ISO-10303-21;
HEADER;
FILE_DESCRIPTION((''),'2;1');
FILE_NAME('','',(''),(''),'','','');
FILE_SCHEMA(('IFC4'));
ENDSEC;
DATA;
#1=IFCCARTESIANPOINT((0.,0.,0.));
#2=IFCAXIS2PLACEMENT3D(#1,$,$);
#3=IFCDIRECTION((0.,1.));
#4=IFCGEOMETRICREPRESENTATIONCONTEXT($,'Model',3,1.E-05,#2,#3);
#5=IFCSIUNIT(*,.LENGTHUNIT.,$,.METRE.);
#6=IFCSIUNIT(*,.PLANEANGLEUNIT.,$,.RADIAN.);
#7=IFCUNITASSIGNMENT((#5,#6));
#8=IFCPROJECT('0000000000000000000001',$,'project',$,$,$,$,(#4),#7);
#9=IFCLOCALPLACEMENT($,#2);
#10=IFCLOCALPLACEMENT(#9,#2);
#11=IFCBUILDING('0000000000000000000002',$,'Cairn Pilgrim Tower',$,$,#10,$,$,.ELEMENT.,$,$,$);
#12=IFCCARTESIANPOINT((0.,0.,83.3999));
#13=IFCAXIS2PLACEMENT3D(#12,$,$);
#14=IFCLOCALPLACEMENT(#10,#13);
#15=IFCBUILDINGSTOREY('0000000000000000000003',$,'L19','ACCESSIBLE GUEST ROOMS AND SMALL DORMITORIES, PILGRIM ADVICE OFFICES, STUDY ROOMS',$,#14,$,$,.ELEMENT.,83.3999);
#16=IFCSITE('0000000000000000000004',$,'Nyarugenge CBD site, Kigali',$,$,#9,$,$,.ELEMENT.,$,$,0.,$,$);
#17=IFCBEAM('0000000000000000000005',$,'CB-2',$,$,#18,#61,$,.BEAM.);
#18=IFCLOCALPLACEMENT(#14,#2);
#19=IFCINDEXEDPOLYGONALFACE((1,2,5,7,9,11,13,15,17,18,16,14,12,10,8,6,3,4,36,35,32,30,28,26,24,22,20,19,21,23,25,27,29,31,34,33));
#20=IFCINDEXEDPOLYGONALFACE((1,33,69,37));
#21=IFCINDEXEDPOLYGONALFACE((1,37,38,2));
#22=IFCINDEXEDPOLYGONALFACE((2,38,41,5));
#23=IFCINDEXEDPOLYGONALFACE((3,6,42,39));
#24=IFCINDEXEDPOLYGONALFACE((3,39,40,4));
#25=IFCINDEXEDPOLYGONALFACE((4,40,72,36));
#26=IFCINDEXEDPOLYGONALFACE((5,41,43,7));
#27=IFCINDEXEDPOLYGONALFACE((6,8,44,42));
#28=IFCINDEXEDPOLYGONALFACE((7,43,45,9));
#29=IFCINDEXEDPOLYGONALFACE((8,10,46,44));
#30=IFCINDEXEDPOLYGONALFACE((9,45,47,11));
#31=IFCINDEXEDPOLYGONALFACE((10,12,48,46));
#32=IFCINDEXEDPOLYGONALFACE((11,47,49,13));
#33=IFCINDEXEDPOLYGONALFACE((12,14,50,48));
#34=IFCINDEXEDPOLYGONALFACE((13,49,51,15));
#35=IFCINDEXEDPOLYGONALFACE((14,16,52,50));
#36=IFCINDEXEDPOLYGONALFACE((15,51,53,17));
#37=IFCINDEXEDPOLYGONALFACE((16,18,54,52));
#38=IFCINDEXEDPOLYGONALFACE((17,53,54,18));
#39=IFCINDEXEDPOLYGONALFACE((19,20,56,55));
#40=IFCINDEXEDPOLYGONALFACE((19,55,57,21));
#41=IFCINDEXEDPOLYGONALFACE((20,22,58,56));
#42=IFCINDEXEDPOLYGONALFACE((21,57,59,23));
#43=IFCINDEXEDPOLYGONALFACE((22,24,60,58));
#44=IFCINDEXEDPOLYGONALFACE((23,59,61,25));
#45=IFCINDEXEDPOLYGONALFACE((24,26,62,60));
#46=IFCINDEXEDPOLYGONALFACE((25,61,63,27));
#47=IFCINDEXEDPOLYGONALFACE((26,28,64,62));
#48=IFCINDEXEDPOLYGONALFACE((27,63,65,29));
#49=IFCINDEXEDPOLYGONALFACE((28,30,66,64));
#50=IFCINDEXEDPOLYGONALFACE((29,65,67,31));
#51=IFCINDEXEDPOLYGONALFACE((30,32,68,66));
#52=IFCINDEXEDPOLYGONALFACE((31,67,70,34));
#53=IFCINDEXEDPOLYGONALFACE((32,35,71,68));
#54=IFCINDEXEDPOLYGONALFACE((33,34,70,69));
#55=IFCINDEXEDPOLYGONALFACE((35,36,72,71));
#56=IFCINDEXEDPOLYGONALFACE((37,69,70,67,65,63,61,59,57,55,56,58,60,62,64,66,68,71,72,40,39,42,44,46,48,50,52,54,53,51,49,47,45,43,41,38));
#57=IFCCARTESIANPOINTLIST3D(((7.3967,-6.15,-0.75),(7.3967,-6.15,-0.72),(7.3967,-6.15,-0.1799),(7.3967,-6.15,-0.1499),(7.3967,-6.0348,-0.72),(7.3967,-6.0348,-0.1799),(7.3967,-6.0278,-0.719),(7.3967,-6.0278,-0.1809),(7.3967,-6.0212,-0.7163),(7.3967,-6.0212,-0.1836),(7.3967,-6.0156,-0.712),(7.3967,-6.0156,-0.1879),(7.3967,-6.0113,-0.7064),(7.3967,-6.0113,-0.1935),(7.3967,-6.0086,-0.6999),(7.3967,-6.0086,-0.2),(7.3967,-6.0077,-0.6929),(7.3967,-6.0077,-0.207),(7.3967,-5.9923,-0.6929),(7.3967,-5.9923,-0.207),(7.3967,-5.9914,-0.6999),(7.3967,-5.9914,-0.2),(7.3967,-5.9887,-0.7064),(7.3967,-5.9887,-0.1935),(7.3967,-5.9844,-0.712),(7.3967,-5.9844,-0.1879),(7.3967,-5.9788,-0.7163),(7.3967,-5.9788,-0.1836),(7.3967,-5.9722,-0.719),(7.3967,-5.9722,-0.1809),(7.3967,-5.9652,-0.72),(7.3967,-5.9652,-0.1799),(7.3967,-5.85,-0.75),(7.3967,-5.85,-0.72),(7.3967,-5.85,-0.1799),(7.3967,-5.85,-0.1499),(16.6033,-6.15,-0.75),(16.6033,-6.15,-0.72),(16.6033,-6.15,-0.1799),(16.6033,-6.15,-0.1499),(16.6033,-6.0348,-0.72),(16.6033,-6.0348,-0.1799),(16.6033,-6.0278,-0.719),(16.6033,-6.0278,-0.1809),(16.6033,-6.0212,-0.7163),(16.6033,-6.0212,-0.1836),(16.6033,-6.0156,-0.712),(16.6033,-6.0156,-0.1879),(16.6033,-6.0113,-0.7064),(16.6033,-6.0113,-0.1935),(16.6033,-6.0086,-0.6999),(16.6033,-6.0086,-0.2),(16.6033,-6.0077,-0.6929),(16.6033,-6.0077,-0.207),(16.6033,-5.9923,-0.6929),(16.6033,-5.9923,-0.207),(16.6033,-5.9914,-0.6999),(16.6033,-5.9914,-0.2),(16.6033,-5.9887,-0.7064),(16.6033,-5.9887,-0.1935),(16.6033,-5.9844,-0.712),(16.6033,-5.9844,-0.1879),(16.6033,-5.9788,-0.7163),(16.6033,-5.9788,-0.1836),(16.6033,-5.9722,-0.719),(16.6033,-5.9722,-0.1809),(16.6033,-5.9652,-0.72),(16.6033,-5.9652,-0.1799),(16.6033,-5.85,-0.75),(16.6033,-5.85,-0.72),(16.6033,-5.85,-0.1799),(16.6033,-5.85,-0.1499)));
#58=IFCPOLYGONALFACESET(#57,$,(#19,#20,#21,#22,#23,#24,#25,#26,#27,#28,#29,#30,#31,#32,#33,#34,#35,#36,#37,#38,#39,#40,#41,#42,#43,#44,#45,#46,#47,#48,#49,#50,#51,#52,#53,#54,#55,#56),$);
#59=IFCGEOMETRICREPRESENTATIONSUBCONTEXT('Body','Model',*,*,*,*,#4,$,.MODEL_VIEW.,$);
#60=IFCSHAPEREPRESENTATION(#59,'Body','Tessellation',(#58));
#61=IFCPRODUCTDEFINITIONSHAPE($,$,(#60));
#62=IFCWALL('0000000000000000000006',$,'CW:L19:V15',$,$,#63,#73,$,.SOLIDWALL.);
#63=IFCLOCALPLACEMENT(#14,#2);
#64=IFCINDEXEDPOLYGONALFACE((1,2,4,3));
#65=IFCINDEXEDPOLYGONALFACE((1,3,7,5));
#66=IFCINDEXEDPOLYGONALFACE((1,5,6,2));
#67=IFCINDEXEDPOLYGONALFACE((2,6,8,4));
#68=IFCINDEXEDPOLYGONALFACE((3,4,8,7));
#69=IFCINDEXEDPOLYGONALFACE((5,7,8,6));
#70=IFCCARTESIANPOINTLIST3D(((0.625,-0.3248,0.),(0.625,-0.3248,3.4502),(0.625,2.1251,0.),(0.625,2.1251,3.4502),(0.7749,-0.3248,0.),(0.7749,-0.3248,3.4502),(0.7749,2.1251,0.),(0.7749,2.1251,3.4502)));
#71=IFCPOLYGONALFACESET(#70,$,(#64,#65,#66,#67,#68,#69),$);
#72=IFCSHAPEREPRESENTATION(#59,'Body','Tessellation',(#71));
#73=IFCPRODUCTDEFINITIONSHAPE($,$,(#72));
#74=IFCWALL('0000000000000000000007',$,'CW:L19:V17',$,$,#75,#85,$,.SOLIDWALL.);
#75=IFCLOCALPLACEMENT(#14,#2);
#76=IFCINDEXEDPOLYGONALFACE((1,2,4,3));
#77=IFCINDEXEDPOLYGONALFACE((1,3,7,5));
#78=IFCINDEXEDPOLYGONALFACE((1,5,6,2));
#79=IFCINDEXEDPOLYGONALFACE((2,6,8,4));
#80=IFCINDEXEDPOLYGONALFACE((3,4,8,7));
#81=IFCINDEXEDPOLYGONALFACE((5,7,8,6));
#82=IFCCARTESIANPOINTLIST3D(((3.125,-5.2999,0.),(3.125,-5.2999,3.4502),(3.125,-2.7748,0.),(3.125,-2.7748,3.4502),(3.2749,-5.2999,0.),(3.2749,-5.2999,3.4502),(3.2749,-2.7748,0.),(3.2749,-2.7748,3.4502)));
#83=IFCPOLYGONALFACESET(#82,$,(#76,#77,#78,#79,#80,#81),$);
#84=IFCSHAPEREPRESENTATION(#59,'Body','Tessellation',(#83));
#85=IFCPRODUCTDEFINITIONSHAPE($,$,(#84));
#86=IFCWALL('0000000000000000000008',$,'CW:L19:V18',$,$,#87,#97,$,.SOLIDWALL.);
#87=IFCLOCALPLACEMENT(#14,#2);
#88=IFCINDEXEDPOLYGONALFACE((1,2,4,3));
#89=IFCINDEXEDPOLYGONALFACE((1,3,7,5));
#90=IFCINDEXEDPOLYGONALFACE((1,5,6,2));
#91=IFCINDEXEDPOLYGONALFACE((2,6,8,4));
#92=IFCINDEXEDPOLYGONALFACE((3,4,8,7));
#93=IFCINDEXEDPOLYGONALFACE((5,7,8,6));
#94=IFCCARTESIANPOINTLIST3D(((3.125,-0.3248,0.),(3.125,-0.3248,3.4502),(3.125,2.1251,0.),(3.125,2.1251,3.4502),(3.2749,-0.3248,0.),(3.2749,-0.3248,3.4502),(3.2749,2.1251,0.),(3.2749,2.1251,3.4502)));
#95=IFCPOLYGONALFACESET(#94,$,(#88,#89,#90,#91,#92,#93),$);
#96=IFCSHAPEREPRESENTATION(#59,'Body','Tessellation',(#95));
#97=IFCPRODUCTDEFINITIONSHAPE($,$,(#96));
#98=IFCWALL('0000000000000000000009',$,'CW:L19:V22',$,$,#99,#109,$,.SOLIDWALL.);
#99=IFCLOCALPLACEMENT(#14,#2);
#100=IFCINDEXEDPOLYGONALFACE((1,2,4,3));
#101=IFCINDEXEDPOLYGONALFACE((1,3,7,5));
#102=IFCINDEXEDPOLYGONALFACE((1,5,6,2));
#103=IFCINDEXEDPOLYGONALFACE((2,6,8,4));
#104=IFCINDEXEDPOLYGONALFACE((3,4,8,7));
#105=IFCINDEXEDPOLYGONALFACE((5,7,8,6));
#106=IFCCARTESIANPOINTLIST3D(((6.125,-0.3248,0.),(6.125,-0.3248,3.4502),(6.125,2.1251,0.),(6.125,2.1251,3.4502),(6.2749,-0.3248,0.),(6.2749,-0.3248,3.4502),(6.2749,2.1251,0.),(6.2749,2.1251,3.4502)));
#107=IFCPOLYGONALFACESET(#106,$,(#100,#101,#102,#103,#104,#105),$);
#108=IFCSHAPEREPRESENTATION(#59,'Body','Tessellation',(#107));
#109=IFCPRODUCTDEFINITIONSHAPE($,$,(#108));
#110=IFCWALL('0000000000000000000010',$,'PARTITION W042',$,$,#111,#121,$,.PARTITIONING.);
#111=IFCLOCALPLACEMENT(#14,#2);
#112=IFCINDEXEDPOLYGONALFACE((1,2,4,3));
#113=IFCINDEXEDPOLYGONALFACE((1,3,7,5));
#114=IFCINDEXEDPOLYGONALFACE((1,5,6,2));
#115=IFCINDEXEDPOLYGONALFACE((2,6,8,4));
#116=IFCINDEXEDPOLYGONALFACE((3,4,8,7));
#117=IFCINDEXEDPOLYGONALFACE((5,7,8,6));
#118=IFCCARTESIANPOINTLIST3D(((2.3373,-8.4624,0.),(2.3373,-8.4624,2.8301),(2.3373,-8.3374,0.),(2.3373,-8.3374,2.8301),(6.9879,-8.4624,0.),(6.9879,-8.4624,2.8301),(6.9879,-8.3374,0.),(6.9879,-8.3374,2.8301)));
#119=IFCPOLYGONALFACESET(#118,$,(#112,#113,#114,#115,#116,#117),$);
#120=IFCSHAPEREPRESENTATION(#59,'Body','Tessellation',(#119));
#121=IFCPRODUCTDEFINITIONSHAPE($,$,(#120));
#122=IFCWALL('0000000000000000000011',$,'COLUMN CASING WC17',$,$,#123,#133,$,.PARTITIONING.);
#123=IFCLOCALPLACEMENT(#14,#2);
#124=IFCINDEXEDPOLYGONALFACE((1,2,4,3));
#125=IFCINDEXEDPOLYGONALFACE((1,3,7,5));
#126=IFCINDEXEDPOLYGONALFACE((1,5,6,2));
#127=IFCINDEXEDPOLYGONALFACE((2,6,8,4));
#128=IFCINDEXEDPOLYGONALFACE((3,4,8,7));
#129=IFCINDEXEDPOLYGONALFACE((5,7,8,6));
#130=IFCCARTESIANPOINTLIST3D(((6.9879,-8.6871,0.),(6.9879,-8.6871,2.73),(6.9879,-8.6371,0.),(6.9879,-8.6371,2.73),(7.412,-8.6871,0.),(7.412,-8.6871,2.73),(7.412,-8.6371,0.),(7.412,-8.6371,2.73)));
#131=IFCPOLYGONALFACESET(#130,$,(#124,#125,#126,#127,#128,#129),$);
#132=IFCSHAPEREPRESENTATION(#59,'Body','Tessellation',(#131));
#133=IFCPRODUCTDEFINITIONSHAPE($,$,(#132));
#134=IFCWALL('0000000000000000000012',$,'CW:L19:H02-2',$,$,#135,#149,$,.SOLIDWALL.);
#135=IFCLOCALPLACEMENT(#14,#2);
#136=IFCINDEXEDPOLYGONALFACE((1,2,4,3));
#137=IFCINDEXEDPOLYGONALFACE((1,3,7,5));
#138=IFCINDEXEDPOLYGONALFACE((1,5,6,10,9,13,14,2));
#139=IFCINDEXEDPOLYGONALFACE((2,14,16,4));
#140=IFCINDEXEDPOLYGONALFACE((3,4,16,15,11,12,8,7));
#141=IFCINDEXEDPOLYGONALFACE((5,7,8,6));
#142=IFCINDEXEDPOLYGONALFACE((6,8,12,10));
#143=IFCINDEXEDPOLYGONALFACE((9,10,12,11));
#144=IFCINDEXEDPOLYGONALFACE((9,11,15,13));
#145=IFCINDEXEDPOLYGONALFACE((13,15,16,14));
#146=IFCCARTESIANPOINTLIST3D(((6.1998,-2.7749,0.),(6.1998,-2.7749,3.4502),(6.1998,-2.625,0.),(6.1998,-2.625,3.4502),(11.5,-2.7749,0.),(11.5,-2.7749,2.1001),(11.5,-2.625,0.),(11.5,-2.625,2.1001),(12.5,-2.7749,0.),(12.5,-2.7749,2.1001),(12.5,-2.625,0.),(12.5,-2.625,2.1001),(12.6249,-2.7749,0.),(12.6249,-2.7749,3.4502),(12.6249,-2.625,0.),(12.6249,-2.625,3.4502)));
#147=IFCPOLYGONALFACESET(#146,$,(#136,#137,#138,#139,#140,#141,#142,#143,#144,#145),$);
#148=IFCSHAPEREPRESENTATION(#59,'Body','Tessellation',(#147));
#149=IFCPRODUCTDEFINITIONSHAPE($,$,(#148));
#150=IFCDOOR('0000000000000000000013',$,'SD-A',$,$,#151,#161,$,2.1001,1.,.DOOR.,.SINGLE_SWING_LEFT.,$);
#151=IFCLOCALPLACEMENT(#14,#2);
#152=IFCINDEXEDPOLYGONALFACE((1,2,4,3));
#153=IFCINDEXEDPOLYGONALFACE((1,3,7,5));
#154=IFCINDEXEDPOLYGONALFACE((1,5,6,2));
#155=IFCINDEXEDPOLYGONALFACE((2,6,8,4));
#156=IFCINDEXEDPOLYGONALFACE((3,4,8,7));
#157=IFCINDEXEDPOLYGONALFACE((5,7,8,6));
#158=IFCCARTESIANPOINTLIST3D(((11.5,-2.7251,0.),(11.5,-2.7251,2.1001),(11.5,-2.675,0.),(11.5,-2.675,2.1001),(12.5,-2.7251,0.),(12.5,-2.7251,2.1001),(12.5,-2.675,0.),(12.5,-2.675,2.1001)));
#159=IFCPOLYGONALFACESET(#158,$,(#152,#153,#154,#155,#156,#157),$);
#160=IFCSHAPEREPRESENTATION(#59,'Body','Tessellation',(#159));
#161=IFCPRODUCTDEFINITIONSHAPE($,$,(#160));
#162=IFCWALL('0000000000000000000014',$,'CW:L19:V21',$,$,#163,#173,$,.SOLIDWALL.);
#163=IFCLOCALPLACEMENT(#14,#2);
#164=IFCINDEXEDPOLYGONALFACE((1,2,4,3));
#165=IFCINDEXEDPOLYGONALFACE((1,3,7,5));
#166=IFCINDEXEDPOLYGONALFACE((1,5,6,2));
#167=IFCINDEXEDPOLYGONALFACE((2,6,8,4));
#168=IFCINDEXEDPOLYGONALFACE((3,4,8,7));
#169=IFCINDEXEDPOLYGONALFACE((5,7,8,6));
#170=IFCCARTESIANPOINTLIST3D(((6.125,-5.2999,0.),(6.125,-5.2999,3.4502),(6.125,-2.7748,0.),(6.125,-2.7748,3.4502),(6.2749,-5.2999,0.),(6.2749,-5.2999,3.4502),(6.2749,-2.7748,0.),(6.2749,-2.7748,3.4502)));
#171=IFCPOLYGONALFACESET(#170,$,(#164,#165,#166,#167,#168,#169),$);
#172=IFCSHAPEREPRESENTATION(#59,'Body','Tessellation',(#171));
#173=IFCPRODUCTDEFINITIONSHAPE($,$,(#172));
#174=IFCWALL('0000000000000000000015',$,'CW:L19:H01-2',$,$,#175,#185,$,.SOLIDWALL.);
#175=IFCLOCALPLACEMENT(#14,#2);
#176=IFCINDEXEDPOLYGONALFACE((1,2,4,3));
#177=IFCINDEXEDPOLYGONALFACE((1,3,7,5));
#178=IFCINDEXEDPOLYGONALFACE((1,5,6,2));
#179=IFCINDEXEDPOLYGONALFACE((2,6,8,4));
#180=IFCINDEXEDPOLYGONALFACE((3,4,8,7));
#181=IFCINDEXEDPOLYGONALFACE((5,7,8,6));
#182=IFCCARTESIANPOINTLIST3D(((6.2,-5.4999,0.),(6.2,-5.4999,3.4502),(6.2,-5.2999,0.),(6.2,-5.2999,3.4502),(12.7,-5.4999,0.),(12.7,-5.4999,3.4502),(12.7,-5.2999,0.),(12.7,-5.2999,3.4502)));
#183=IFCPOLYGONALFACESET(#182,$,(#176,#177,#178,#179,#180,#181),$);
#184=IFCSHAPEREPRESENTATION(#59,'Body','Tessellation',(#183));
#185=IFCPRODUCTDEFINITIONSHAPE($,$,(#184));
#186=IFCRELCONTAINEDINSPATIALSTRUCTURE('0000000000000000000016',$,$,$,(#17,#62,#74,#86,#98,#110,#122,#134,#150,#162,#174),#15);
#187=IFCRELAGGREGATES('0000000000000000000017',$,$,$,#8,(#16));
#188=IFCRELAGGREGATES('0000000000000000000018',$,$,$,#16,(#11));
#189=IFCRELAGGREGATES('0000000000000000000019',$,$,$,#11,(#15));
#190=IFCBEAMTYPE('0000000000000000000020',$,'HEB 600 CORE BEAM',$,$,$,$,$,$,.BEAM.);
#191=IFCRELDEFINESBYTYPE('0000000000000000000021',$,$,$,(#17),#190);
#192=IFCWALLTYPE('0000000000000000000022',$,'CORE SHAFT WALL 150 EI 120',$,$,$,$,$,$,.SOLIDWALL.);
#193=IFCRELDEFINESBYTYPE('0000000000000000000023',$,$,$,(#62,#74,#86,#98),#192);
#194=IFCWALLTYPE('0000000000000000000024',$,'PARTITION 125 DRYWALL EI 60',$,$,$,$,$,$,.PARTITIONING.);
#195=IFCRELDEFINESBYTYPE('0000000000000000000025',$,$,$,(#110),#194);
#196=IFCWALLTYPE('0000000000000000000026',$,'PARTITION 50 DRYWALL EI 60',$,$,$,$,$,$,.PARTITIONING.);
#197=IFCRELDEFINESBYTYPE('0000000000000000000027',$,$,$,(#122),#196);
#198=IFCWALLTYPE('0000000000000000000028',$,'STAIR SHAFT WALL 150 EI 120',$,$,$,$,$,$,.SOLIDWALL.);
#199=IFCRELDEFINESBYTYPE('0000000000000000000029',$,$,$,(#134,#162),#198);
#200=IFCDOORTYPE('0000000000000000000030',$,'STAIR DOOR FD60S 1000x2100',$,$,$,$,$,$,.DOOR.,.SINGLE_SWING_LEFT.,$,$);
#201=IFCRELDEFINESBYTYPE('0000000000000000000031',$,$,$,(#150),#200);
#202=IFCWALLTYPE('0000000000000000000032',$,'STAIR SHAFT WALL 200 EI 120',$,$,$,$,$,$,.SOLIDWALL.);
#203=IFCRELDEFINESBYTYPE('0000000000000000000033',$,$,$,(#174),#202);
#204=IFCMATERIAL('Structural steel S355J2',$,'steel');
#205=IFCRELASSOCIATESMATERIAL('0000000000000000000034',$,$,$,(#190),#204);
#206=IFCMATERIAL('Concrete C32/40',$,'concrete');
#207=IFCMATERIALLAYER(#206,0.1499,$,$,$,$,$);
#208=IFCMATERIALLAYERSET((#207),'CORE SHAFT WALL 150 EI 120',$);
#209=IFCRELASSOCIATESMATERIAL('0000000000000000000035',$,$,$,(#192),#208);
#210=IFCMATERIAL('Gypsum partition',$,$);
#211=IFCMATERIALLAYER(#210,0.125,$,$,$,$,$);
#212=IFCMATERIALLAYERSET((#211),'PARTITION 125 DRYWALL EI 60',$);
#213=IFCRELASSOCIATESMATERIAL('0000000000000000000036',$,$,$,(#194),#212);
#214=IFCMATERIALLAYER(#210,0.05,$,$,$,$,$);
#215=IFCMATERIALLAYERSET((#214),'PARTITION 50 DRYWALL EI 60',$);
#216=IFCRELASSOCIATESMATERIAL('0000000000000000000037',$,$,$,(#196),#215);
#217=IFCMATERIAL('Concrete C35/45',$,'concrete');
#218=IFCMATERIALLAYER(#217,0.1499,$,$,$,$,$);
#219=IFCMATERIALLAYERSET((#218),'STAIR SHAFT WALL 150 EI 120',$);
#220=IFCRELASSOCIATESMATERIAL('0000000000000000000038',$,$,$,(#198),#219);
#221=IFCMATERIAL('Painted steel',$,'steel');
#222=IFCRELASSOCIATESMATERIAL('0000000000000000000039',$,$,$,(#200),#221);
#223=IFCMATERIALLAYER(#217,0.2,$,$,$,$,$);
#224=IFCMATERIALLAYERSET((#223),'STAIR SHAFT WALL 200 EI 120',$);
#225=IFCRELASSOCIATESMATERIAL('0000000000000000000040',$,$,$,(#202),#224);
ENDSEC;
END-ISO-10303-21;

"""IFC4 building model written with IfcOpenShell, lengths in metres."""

from ifc_helpers import new_model, si_unit, direction, frame, frame_2d, origin, origin_2d, place, context, subcontext, project, spatial, rectangle, i_section, extrude, material, layer, layer_set, material_profile, profile_set, type_object, element, fill, save


model = new_model("IFC4")

# Units and contexts
model_context = context("Model", 3, precision=1e-05, world=origin(), true_north=direction((0.0, 1.0)))
body_context = subcontext(model_context, "Body", "Model", "MODEL_VIEW")
ifc_project = project(units=[si_unit("LENGTHUNIT", "METRE"), si_unit("PLANEANGLEUNIT", "RADIAN")], contexts=[model_context])

# Site, building, storey
site_placement = place(None, origin())
site = spatial("IfcSite", under=ifc_project, at=site_placement, Name="Nyarugenge CBD site, Kigali", CompositionType="ELEMENT", RefElevation=0.0)
building_placement = place(site_placement, origin())
building = spatial("IfcBuilding", under=site, at=building_placement, Name="Cairn Pilgrim Tower", CompositionType="ELEMENT")
storey_placement = place(building_placement, frame((0.0, 0.0, 83.3999)))
storey = spatial("IfcBuildingStorey", under=building, at=storey_placement, Name="L19", Description="ACCESSIBLE GUEST ROOMS AND SMALL DORMITORIES, PILGRIM ADVICE OFFICES, STUDY ROOMS", CompositionType="ELEMENT", Elevation=83.3999)

# Beam
ifc_material_1 = material(Name="Structural steel S355J2", Category="steel")
ifc_material_profile_1 = material_profile(ifc_material_1, i_section(OverallWidth=0.3, OverallDepth=0.6001, WebThickness=0.0154, FlangeThickness=0.03, FilletRadius=0.0271, at=origin_2d()), Name="HEB 600")
ifc_profile_set_1 = profile_set([ifc_material_profile_1], Name="Structural steel S355J2")
beam_type_1 = type_object("IfcBeamType", Name="HEB 600 CORE BEAM", PredefinedType="BEAM", material=ifc_profile_set_1)
beam_1_placement = place(storey_placement, frame((7.3967, -6.0, -0.45), z_axis=(1.0, 0.0, 0.0), x_axis=(0.0, 1.0, 0.0)))
element("IfcBeam", 1, at=beam_1_placement, inside=storey, type_object=beam_type_1, Name="CB-2", PredefinedType="BEAM", context=body_context, shape_type="SweptSolid", body=[
    extrude(i_section(OverallWidth=0.3, OverallDepth=0.6001, WebThickness=0.0154, FlangeThickness=0.03, FilletRadius=0.0271, at=origin_2d()), origin(), (0.0, 0.0, 1.0), 9.2065),
])

# Walls
ifc_material_2 = material(Name="Concrete C32/40", Category="concrete")
ifc_layer_1 = layer(ifc_material_2, 0.1499)
ifc_layer_set_1 = layer_set([ifc_layer_1], Name="CORE SHAFT WALL 150 EI 120")
wall_type_1 = type_object("IfcWallType", Name="CORE SHAFT WALL 150 EI 120", PredefinedType="SOLIDWALL", material=ifc_layer_set_1)
wall_1_placement = place(storey_placement, frame((0.7, -0.325, 0.0), z_axis=(0.0, 0.0, 1.0), x_axis=(0.0, 1.0, 0.0)))
element("IfcWall", 2, at=wall_1_placement, inside=storey, type_object=wall_type_1, Name="CW:L19:V15", PredefinedType="SOLIDWALL", context=body_context, shape_type="SweptSolid", body=[
    extrude(rectangle(XDim=2.45, YDim=0.1499, at=frame_2d((1.2251, 0.0))), origin(), (0.0, 0.0, 1.0), 3.4502),
])
wall_2_placement = place(storey_placement, frame((3.2, -5.3, 0.0), z_axis=(0.0, 0.0, 1.0), x_axis=(0.0, 1.0, 0.0)))
element("IfcWall", 3, at=wall_2_placement, inside=storey, type_object=wall_type_1, Name="CW:L19:V17", PredefinedType="SOLIDWALL", context=body_context, shape_type="SweptSolid", body=[
    extrude(rectangle(XDim=2.5251, YDim=0.1499, at=frame_2d((1.2627, 0.0))), origin(), (0.0, 0.0, 1.0), 3.4502),
])
for number, where, z_axis, x_axis, name in (
    (4, (3.2, -0.325, 0.0), (0.0, 0.0, 1.0), (0.0, 1.0, 0.0), "CW:L19:V18"),
    (5, (6.2, -0.325, 0.0), (0.0, 0.0, 1.0), (0.0, 1.0, 0.0), "CW:L19:V22"),
):
    element("IfcWall", number, at=place(storey_placement, frame(where, z_axis=z_axis, x_axis=x_axis)), inside=storey, type_object=wall_type_1, Name=name, PredefinedType="SOLIDWALL", context=body_context, shape_type="SweptSolid", body=[
        extrude(rectangle(XDim=2.45, YDim=0.1499, at=frame_2d((1.2251, 0.0))), origin(), (0.0, 0.0, 1.0), 3.4502),
    ])
ifc_material_3 = material(Name="Gypsum partition")
ifc_layer_2 = layer(ifc_material_3, 0.125)
ifc_layer_set_2 = layer_set([ifc_layer_2], Name="PARTITION 125 DRYWALL EI 60")
wall_type_2 = type_object("IfcWallType", Name="PARTITION 125 DRYWALL EI 60", PredefinedType="PARTITIONING", material=ifc_layer_set_2)
wall_3_placement = place(storey_placement, frame((2.3374, -8.3999, 0.0), z_axis=(0.0, 0.0, 1.0), x_axis=(1.0, 0.0, 0.0)))
element("IfcWall", 6, at=wall_3_placement, inside=storey, type_object=wall_type_2, Name="PARTITION W042", PredefinedType="PARTITIONING", context=body_context, shape_type="SweptSolid", body=[
    extrude(rectangle(XDim=4.6506, YDim=0.125, at=frame_2d((2.3252, 0.0))), origin(), (0.0, 0.0, 1.0), 2.8301),
])
ifc_layer_3 = layer(ifc_material_3, 0.05)
ifc_layer_set_3 = layer_set([ifc_layer_3], Name="PARTITION 50 DRYWALL EI 60")
wall_type_3 = type_object("IfcWallType", Name="PARTITION 50 DRYWALL EI 60", PredefinedType="PARTITIONING", material=ifc_layer_set_3)
wall_4_placement = place(storey_placement, frame((6.988, -8.6621, 0.0), z_axis=(0.0, 0.0, 1.0), x_axis=(1.0, 0.0, 0.0)))
element("IfcWall", 7, at=wall_4_placement, inside=storey, type_object=wall_type_3, Name="COLUMN CASING WC17", PredefinedType="PARTITIONING", context=body_context, shape_type="SweptSolid", body=[
    extrude(rectangle(XDim=0.4241, YDim=0.05, at=frame_2d((0.2119, 0.0))), origin(), (0.0, 0.0, 1.0), 2.73),
])

# Wall, opening, door
ifc_material_4 = material(Name="Concrete C35/45", Category="concrete")
ifc_layer_4 = layer(ifc_material_4, 0.1499)
ifc_layer_set_4 = layer_set([ifc_layer_4], Name="STAIR SHAFT WALL 150 EI 120")
wall_type_4 = type_object("IfcWallType", Name="STAIR SHAFT WALL 150 EI 120", PredefinedType="SOLIDWALL", material=ifc_layer_set_4)
wall_5_placement = place(storey_placement, frame((6.2, -2.7, 0.0), z_axis=(0.0, 0.0, 1.0), x_axis=(1.0, 0.0, 0.0)))
wall_5 = element("IfcWall", 8, at=wall_5_placement, inside=storey, type_object=wall_type_4, Name="CW:L19:H02-2", PredefinedType="SOLIDWALL", context=body_context, shape_type="SweptSolid", body=[
    extrude(rectangle(XDim=6.425, YDim=0.1499, at=frame_2d((3.2124, 0.0))), origin(), (0.0, 0.0, 1.0), 3.4502),
])
opening_placement = place(wall_5_placement, frame((5.3, 0.0, 0.0)))
opening = element("IfcOpeningElement", 9, at=opening_placement, cuts=wall_5, PredefinedType="OPENING", context=body_context, shape_type="SweptSolid", body=[
    extrude(rectangle(XDim=1.0, YDim=2.1001, at=frame_2d((0.5, 1.05))), frame((0.0, 0.085, 0.0), z_axis=(0.0, -1.0, 0.0), x_axis=(1.0, 0.0, 0.0)), (0.0, 0.0, 1.0), 0.1699),
])
ifc_material_5 = material(Name="Painted steel", Category="steel")
door_type = type_object("IfcDoorType", Name="STAIR DOOR FD60S 1000x2100", OperationType="SINGLE_SWING_LEFT", PredefinedType="DOOR", material=ifc_material_5)
door_placement = place(opening_placement, origin())
door = element("IfcDoor", 10, at=door_placement, inside=storey, type_object=door_type, Name="SD-A", OperationType="SINGLE_SWING_LEFT", OverallHeight=2.1001, OverallWidth=1.0, PredefinedType="DOOR", context=body_context, shape_type="SweptSolid", body=[
    extrude(rectangle(XDim=1.0, YDim=2.1001, at=frame_2d((0.5, 1.05))), frame((0.0, 0.0249, 0.0), z_axis=(0.0, -1.0, 0.0), x_axis=(1.0, 0.0, 0.0)), (0.0, 0.0, 1.0), 0.05),
])
fill(opening, door)

# Walls
wall_6_placement = place(storey_placement, frame((6.2, -5.3, 0.0), z_axis=(0.0, 0.0, 1.0), x_axis=(0.0, 1.0, 0.0)))
element("IfcWall", 11, at=wall_6_placement, inside=storey, type_object=wall_type_4, Name="CW:L19:V21", PredefinedType="SOLIDWALL", context=body_context, shape_type="SweptSolid", body=[
    extrude(rectangle(XDim=2.5251, YDim=0.1499, at=frame_2d((1.2627, 0.0))), origin(), (0.0, 0.0, 1.0), 3.4502),
])
ifc_layer_5 = layer(ifc_material_4, 0.2)
ifc_layer_set_5 = layer_set([ifc_layer_5], Name="STAIR SHAFT WALL 200 EI 120")
wall_type_5 = type_object("IfcWallType", Name="STAIR SHAFT WALL 200 EI 120", PredefinedType="SOLIDWALL", material=ifc_layer_set_5)
wall_7_placement = place(storey_placement, frame((6.2, -5.3999, 0.0), z_axis=(0.0, 0.0, 1.0), x_axis=(1.0, 0.0, 0.0)))
element("IfcWall", 12, at=wall_7_placement, inside=storey, type_object=wall_type_5, Name="CW:L19:H01-2", PredefinedType="SOLIDWALL", context=body_context, shape_type="SweptSolid", body=[
    extrude(rectangle(XDim=6.5, YDim=0.2, at=frame_2d((3.25, 0.0))), origin(), (0.0, 0.0, 1.0), 3.4502),
])

save(model, "model.ifc")
